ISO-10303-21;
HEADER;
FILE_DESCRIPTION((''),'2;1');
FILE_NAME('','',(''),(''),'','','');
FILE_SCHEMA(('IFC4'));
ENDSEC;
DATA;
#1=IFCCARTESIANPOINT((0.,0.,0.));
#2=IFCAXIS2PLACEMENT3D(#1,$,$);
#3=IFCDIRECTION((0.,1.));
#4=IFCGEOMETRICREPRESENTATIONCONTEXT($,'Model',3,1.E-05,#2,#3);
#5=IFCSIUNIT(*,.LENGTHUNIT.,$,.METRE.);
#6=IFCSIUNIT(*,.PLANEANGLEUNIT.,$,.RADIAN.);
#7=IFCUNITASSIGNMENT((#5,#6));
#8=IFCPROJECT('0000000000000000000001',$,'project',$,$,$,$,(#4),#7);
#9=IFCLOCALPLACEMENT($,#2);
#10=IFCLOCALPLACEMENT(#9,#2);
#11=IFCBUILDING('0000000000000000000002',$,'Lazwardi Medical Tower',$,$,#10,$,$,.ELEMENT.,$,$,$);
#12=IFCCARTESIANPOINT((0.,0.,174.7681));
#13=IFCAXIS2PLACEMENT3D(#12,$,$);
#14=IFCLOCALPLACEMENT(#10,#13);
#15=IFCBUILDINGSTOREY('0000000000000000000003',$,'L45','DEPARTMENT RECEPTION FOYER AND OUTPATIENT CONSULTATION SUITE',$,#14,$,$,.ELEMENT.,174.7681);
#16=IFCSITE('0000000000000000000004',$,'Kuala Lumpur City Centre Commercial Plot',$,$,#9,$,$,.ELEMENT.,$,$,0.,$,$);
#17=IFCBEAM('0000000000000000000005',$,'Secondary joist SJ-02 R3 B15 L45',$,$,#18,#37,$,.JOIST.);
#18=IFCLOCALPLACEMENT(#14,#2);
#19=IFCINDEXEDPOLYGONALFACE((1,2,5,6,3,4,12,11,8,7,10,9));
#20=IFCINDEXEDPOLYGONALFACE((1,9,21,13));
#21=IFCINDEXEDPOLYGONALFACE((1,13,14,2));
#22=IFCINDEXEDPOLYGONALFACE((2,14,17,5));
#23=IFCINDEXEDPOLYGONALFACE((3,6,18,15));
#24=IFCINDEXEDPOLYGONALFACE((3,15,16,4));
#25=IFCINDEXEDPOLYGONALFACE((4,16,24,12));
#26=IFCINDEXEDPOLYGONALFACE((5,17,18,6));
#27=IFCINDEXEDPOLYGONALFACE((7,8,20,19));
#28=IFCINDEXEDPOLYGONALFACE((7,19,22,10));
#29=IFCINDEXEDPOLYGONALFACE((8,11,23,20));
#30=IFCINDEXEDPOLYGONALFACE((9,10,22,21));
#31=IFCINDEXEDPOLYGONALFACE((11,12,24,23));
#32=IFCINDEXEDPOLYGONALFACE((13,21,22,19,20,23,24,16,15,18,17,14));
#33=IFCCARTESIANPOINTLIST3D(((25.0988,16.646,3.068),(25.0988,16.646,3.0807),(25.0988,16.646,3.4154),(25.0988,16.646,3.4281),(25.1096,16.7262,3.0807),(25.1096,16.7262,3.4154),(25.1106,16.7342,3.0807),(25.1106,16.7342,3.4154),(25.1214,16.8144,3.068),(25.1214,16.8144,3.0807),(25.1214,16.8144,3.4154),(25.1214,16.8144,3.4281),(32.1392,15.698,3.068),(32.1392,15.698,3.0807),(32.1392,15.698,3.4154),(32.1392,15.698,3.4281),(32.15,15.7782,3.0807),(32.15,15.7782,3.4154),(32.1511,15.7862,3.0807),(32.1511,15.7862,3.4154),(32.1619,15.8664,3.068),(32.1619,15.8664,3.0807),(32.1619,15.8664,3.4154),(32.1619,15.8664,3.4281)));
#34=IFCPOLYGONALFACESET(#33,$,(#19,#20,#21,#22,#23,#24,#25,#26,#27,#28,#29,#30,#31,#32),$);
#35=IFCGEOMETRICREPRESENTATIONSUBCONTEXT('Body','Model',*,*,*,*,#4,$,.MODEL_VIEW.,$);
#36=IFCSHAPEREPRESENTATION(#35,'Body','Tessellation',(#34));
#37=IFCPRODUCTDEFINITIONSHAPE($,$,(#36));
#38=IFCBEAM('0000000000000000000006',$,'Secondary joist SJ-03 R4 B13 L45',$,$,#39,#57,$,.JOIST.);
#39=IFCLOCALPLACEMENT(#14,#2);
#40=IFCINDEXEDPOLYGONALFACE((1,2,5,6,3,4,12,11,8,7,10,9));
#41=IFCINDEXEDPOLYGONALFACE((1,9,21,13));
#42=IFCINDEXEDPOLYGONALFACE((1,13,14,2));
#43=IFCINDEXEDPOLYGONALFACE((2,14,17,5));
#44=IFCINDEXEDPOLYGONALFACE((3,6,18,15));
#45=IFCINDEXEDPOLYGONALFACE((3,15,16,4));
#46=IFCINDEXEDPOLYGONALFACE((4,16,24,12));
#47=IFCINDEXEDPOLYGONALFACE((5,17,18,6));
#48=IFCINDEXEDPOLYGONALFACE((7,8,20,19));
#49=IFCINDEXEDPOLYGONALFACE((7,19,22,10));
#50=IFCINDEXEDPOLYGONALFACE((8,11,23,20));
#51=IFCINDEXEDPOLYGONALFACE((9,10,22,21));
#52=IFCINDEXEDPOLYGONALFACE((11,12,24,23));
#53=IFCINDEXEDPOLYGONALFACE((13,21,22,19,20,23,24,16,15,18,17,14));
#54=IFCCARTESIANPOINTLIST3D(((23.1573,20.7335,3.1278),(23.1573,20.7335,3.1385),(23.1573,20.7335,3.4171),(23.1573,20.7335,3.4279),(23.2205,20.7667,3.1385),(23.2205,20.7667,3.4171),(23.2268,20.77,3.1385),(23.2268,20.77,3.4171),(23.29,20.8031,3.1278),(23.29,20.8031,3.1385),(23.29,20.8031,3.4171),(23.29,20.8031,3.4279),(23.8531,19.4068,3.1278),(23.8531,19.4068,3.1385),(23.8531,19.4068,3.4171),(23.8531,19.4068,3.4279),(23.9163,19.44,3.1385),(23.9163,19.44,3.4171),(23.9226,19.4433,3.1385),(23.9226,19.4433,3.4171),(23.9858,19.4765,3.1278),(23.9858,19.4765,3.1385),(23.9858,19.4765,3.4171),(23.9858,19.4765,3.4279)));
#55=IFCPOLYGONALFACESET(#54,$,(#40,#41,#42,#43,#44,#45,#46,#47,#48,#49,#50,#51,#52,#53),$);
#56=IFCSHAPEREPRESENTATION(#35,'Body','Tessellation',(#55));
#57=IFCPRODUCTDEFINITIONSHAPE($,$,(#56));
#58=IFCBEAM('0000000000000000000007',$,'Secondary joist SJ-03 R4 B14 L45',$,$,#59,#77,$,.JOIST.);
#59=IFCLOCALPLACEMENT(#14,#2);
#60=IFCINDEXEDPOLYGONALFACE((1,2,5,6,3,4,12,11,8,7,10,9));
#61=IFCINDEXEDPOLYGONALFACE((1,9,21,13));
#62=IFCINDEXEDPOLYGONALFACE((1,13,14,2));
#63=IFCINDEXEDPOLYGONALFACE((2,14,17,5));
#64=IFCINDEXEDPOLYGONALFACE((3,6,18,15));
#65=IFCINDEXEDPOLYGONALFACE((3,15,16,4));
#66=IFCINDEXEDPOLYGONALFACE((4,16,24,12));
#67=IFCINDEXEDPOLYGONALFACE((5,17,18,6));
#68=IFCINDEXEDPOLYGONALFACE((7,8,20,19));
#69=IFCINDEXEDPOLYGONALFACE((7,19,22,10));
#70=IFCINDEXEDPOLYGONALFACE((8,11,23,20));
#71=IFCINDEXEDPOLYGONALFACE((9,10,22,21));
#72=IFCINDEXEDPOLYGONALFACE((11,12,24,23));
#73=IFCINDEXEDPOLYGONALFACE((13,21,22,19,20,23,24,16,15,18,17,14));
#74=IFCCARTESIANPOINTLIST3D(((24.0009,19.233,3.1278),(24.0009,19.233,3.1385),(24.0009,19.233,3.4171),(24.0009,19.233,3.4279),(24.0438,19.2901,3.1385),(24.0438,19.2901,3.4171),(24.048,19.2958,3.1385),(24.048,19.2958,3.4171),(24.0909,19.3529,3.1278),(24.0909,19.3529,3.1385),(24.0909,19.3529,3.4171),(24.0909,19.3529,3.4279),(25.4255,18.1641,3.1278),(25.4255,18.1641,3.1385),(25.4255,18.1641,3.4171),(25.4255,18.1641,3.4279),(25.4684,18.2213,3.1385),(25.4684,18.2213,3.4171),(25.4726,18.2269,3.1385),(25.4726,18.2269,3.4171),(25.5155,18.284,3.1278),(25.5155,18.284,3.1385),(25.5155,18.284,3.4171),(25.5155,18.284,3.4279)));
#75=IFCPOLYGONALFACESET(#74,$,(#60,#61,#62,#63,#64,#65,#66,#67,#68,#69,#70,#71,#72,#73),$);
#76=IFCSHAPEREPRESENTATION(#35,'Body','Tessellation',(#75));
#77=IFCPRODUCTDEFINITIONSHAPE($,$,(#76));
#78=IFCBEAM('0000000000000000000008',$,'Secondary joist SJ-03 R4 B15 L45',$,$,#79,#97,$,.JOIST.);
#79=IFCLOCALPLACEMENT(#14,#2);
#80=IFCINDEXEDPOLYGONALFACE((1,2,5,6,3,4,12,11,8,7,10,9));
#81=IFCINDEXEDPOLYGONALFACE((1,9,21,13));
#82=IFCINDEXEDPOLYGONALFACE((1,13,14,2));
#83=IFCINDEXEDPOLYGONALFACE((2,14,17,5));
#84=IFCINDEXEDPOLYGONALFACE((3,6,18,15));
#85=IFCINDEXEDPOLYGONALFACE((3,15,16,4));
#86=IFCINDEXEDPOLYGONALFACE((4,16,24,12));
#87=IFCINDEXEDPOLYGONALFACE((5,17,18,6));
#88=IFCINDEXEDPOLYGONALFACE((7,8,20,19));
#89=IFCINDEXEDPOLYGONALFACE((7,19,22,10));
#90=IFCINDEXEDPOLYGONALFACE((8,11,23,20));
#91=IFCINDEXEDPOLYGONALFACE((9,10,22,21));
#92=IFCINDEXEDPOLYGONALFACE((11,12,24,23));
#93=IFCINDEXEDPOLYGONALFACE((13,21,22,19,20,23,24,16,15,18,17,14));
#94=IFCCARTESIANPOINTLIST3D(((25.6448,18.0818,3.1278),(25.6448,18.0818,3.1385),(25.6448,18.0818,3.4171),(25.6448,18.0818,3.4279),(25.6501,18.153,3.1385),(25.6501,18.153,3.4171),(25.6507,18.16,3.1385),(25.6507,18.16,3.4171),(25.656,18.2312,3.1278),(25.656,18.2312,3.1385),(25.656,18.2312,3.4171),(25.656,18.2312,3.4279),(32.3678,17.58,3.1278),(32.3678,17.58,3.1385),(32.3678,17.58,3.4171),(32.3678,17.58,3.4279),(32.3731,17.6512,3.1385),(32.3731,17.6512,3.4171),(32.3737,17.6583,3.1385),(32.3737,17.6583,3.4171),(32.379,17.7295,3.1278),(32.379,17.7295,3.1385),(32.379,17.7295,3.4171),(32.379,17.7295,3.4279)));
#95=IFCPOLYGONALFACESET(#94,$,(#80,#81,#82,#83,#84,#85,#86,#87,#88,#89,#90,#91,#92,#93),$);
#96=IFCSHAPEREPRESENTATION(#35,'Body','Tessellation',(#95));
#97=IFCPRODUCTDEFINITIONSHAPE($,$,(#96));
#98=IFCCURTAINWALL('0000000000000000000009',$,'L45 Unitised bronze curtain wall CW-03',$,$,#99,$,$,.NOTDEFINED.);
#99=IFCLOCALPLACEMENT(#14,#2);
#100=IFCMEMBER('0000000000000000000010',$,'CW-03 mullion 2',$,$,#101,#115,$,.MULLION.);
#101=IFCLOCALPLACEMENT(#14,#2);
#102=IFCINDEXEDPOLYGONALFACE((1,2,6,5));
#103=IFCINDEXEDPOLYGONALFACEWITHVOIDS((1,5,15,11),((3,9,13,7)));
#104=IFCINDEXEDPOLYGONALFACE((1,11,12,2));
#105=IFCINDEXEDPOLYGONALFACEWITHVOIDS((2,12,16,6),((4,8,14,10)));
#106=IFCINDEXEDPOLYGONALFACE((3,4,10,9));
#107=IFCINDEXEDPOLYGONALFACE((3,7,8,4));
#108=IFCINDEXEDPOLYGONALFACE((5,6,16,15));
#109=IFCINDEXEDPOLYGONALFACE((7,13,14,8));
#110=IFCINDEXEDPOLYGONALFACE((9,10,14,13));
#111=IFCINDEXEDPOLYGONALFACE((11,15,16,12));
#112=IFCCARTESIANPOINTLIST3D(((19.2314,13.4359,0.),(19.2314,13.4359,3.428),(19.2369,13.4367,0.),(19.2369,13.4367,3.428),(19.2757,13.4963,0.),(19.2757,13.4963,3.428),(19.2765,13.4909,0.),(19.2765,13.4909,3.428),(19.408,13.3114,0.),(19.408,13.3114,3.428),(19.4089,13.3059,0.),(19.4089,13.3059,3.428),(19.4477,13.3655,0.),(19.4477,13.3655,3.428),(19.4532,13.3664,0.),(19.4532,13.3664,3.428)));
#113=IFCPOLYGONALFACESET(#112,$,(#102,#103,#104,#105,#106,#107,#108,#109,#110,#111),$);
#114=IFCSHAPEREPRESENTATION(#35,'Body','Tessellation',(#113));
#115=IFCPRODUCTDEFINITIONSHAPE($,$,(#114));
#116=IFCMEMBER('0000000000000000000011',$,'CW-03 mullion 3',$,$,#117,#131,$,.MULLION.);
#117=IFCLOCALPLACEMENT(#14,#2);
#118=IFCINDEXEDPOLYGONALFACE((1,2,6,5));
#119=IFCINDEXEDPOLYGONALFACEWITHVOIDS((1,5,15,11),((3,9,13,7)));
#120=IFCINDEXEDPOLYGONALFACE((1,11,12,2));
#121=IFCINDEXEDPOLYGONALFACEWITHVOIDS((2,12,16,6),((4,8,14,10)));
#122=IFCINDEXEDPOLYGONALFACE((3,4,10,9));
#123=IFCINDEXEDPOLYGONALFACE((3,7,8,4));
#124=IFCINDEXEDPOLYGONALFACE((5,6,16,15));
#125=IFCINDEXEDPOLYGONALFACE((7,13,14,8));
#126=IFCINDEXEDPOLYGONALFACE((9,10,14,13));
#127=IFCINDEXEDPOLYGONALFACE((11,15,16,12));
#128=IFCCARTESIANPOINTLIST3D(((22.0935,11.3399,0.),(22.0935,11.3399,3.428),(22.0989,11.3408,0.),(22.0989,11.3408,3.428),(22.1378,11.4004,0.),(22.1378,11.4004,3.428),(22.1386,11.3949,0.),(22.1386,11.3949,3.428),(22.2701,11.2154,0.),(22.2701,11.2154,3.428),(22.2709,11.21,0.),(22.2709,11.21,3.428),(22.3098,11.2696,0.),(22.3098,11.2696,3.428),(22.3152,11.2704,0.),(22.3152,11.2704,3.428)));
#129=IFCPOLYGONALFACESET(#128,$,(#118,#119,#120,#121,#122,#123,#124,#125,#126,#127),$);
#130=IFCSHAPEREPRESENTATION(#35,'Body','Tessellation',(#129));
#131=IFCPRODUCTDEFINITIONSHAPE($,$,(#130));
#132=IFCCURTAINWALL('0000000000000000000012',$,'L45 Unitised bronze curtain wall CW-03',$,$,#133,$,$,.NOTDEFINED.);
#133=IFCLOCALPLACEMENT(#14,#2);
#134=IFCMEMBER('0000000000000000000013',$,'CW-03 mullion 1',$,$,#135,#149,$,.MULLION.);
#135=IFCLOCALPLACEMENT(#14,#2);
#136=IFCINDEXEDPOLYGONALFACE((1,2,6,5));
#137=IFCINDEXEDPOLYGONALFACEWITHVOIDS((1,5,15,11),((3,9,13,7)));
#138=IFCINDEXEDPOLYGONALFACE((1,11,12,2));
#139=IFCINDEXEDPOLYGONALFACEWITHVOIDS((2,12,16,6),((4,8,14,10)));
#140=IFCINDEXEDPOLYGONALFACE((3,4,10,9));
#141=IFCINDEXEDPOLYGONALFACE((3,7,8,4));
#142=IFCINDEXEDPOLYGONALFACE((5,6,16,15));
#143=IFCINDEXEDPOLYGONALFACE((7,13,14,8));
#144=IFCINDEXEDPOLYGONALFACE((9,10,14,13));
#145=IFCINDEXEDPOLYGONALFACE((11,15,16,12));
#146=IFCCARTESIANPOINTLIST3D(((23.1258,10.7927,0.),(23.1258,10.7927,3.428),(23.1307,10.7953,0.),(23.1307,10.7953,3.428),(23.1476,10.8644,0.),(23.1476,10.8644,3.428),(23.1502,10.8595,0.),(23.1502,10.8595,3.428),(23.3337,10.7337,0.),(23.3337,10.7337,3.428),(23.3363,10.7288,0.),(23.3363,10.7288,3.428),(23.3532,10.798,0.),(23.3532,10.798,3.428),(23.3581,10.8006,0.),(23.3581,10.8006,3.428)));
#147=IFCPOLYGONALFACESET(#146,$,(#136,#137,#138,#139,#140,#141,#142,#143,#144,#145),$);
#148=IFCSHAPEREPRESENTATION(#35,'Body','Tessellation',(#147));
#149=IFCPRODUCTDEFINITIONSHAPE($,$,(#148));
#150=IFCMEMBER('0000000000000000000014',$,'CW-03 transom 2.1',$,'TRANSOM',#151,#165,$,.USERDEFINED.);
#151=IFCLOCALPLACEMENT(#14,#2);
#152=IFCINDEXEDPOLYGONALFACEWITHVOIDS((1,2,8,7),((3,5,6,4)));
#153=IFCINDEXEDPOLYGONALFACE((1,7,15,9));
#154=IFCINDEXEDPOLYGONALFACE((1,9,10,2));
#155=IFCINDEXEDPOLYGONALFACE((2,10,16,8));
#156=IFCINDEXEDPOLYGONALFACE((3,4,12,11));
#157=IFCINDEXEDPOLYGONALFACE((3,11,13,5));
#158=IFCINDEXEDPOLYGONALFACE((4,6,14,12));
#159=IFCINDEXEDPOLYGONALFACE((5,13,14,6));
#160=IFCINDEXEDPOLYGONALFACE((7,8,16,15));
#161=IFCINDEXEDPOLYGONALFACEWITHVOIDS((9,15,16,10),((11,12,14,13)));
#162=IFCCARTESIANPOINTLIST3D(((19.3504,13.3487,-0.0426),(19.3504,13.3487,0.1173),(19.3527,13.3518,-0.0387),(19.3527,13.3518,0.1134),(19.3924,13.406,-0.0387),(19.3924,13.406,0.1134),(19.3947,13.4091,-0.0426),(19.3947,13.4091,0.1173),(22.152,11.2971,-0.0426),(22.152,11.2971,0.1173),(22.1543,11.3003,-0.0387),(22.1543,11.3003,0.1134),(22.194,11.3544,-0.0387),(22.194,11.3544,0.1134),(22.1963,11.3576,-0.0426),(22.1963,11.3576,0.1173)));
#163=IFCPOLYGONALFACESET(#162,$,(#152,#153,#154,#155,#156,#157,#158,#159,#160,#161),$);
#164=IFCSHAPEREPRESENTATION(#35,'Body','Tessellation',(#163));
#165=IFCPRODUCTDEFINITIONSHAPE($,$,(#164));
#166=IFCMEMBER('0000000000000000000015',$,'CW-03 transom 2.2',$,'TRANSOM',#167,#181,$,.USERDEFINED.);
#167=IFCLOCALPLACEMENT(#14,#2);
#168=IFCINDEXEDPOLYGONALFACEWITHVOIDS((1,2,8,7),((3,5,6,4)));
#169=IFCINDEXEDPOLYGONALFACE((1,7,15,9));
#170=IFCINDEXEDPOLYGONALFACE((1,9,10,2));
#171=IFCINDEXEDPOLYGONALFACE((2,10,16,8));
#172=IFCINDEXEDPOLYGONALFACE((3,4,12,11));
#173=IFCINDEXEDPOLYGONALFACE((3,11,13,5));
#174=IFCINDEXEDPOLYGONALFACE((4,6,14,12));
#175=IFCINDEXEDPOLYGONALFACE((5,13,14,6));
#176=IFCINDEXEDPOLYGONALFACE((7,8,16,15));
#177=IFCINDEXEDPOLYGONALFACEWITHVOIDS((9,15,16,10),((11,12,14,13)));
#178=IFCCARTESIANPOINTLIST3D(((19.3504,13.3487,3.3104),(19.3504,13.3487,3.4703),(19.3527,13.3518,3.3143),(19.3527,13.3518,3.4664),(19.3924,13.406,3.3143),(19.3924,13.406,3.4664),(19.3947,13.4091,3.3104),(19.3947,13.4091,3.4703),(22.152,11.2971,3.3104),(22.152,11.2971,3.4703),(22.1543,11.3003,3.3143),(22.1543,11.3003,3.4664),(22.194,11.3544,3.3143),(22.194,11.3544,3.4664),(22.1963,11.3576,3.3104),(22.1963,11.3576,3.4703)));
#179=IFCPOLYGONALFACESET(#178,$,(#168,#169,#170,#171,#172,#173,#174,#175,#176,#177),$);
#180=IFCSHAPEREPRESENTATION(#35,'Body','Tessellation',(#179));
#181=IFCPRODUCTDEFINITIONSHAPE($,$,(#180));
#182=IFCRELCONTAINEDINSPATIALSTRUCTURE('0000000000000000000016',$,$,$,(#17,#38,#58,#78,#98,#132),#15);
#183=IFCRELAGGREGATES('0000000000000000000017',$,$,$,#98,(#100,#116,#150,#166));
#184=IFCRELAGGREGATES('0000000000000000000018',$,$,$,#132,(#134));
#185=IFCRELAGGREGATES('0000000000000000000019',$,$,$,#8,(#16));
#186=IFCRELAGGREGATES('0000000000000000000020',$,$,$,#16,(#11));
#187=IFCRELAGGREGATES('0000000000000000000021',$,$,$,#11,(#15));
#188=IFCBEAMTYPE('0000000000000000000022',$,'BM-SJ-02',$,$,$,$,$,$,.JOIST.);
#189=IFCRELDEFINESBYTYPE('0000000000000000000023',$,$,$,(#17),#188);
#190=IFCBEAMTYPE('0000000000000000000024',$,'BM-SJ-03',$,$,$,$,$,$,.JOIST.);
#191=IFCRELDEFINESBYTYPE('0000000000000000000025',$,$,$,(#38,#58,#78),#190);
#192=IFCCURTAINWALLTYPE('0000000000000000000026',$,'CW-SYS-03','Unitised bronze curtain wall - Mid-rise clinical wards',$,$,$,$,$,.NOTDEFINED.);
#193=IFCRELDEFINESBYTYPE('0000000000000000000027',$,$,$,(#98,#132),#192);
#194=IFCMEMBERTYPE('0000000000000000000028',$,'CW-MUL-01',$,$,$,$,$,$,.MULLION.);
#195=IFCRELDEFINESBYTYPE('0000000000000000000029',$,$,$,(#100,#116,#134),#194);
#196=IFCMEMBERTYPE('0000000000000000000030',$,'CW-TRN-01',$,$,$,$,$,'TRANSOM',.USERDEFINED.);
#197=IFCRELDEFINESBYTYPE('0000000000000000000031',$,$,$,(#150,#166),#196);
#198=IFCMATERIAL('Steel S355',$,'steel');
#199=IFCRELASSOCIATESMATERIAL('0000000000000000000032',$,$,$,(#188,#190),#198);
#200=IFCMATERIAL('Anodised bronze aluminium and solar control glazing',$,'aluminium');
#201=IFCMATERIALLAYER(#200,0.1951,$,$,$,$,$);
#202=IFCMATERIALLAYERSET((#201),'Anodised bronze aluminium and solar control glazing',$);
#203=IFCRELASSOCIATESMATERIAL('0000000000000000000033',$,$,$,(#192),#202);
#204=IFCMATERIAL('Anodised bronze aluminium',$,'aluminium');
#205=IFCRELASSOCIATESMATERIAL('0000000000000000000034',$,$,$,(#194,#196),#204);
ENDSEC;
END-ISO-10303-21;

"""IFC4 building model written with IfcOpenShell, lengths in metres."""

from ifc_helpers import new_model, si_unit, direction, frame, origin, origin_2d, place, context, subcontext, project, spatial, hollow_rectangle, i_section, extrude, material, layer, layer_set, material_profile, profile_set, type_object, element, aggregate, save


model = new_model("IFC4")

# Units and contexts
model_context = context("Model", 3, precision=1e-05, world=origin(), true_north=direction((0.0, 1.0)))
body_context = subcontext(model_context, "Body", "Model", "MODEL_VIEW")
ifc_project = project(units=[si_unit("LENGTHUNIT", "METRE"), si_unit("PLANEANGLEUNIT", "RADIAN")], contexts=[model_context])

# Site, building, storey
site_placement = place(None, origin())
site = spatial("IfcSite", under=ifc_project, at=site_placement, Name="Kuala Lumpur City Centre Commercial Plot", CompositionType="ELEMENT", RefElevation=0.0)
building_placement = place(site_placement, origin())
building = spatial("IfcBuilding", under=site, at=building_placement, Name="Lazwardi Medical Tower", CompositionType="ELEMENT")
storey_placement = place(building_placement, frame((0.0, 0.0, 174.7681)))
storey = spatial("IfcBuildingStorey", under=building, at=storey_placement, Name="L45", Description="DEPARTMENT RECEPTION FOYER AND OUTPATIENT CONSULTATION SUITE", CompositionType="ELEMENT", Elevation=174.7681)

# Beams
ifc_material_1 = material(Name="Steel S355", Category="steel")
ifc_material_profile_1 = material_profile(ifc_material_1, i_section(OverallWidth=0.1699, OverallDepth=0.3601, WebThickness=0.0081, FlangeThickness=0.0127, at=origin_2d()), Name="IPE 360")
ifc_profile_set_1 = profile_set([ifc_material_profile_1], Name="Steel S355")
beam_type_1 = type_object("IfcBeamType", Name="BM-SJ-02", PredefinedType="JOIST", material=ifc_profile_set_1)
beam_1_placement = place(storey_placement, frame((25.1101, 16.7302, 3.248), z_axis=(0.991056, -0.133444, 0.0), x_axis=(0.133444, 0.991056, 0.0)))
element("IfcBeam", 1, at=beam_1_placement, inside=storey, type_object=beam_type_1, Name="Secondary joist SJ-02 R3 B15 L45", PredefinedType="JOIST", context=body_context, shape_type="SweptSolid", body=[
    extrude(i_section(OverallWidth=0.1699, OverallDepth=0.3601, WebThickness=0.0081, FlangeThickness=0.0127, at=origin_2d()), origin(), (0.0, 0.0, 1.0), 7.104),
])
ifc_material_profile_2 = material_profile(ifc_material_1, i_section(OverallWidth=0.1499, OverallDepth=0.3, WebThickness=0.0071, FlangeThickness=0.0107, at=origin_2d()), Name="IPE 300")
ifc_profile_set_2 = profile_set([ifc_material_profile_2], Name="Steel S355")
beam_type_2 = type_object("IfcBeamType", Name="BM-SJ-03", PredefinedType="JOIST", material=ifc_profile_set_2)
beam_2_placement = place(storey_placement, frame((23.2236, 20.7683, 3.2778), z_axis=(0.46447, -0.885589, 0.0), x_axis=(0.885589, 0.46447, 0.0)))
element("IfcBeam", 2, at=beam_2_placement, inside=storey, type_object=beam_type_2, Name="Secondary joist SJ-03 R4 B13 L45", PredefinedType="JOIST", context=body_context, shape_type="SweptSolid", body=[
    extrude(i_section(OverallWidth=0.1499, OverallDepth=0.3, WebThickness=0.0071, FlangeThickness=0.0107, at=origin_2d()), origin(), (0.0, 0.0, 1.0), 1.498),
])
beam_3_placement = place(storey_placement, frame((24.0459, 19.293, 3.2778), z_axis=(0.799885, -0.600154, 0.0), x_axis=(0.600154, 0.799885, 0.0)))
element("IfcBeam", 3, at=beam_3_placement, inside=storey, type_object=beam_type_2, Name="Secondary joist SJ-03 R4 B14 L45", PredefinedType="JOIST", context=body_context, shape_type="SweptSolid", body=[
    extrude(i_section(OverallWidth=0.1499, OverallDepth=0.3, WebThickness=0.0071, FlangeThickness=0.0107, at=origin_2d()), origin(), (0.0, 0.0, 1.0), 1.781),
])
beam_4_placement = place(storey_placement, frame((25.6504, 18.1565, 3.2778), z_axis=(0.997227, -0.07442, 0.0), x_axis=(0.07442, 0.997227, 0.0)))
element("IfcBeam", 4, at=beam_4_placement, inside=storey, type_object=beam_type_2, Name="Secondary joist SJ-03 R4 B15 L45", PredefinedType="JOIST", context=body_context, shape_type="SweptSolid", body=[
    extrude(i_section(OverallWidth=0.1499, OverallDepth=0.3, WebThickness=0.0071, FlangeThickness=0.0107, at=origin_2d()), origin(), (0.0, 0.0, 1.0), 6.7417),
])

# Curtain wall, members
ifc_material_2 = material(Name="Anodised bronze aluminium and solar control glazing", Category="aluminium")
ifc_layer_1 = layer(ifc_material_2, 0.1951)
ifc_layer_set_1 = layer_set([ifc_layer_1], Name="Anodised bronze aluminium and solar control glazing")
curtain_wall_type = type_object("IfcCurtainWallType", Name="CW-SYS-03", Description="Unitised bronze curtain wall - Mid-rise clinical wards", PredefinedType="NOTDEFINED", material=ifc_layer_set_1)
curtain_wall_1_placement = place(storey_placement, origin())
curtain_wall_1 = element("IfcCurtainWall", 5, at=curtain_wall_1_placement, inside=storey, type_object=curtain_wall_type, Name="L45 Unitised bronze curtain wall CW-03", PredefinedType="NOTDEFINED")
ifc_material_3 = material(Name="Anodised bronze aluminium", Category="aluminium")
ifc_material_profile_3 = material_profile(ifc_material_3, hollow_rectangle(XDim=0.075, YDim=0.22, WallThickness=0.0039, at=origin_2d()), Name="ALU-MULLION 220x75x4")
ifc_profile_set_3 = profile_set([ifc_material_profile_3], Name="Anodised bronze aluminium")
member_type_1 = type_object("IfcMemberType", Name="CW-MUL-01", PredefinedType="MULLION", material=ifc_profile_set_3)
member_1_placement = place(storey_placement, frame((19.3423, 13.4011, 0.0), z_axis=(0.0, 0.0, 1.0), x_axis=(0.590834, 0.806793, 0.0)))
member_1 = element("IfcMember", 6, at=member_1_placement, type_object=member_type_1, Name="CW-03 mullion 2", PredefinedType="MULLION", context=body_context, shape_type="SweptSolid", body=[
    extrude(hollow_rectangle(XDim=0.075, YDim=0.22, WallThickness=0.0039, at=origin_2d()), origin(), (0.0, 0.0, 1.0), 3.428),
])
member_2_placement = place(storey_placement, frame((22.2043, 11.3052, 0.0), z_axis=(0.0, 0.0, 1.0), x_axis=(0.590834, 0.806793, 0.0)))
member_2 = element("IfcMember", 7, at=member_2_placement, type_object=member_type_1, Name="CW-03 mullion 3", PredefinedType="MULLION", context=body_context, shape_type="SweptSolid", body=[
    extrude(hollow_rectangle(XDim=0.075, YDim=0.22, WallThickness=0.0039, at=origin_2d()), origin(), (0.0, 0.0, 1.0), 3.428),
])

# Curtain wall, member
curtain_wall_2_placement = place(storey_placement, origin())
curtain_wall_2 = element("IfcCurtainWall", 8, at=curtain_wall_2_placement, inside=storey, type_object=curtain_wall_type, Name="L45 Unitised bronze curtain wall CW-03", PredefinedType="NOTDEFINED")
member_3_placement = place(storey_placement, frame((23.2419, 10.7966, 0.0), z_axis=(0.0, 0.0, 1.0), x_axis=(0.290281, 0.956942, 0.0)))
member_3 = element("IfcMember", 9, at=member_3_placement, type_object=member_type_1, Name="CW-03 mullion 1", PredefinedType="MULLION", context=body_context, shape_type="SweptSolid", body=[
    extrude(hollow_rectangle(XDim=0.075, YDim=0.22, WallThickness=0.0039, at=origin_2d()), origin(), (0.0, 0.0, 1.0), 3.428),
])

# Members
ifc_material_profile_4 = material_profile(ifc_material_3, hollow_rectangle(XDim=0.075, YDim=0.1599, WallThickness=0.0039, at=origin_2d()), Name="ALU-TRANSOM 160x75x4")
ifc_profile_set_4 = profile_set([ifc_material_profile_4], Name="Anodised bronze aluminium")
member_type_2 = type_object("IfcMemberType", Name="CW-TRN-01", ElementType="TRANSOM", PredefinedType="USERDEFINED", material=ifc_profile_set_4)
member_4_placement = place(storey_placement, frame((19.3726, 13.3789, 0.0374), z_axis=(0.806807, -0.590815, 0.0), x_axis=(0.590815, 0.806807, 0.0)))
member_4 = element("IfcMember", 10, at=member_4_placement, type_object=member_type_2, Name="CW-03 transom 2.1", ObjectType="TRANSOM", PredefinedType="USERDEFINED", context=body_context, shape_type="SweptSolid", body=[
    extrude(hollow_rectangle(XDim=0.075, YDim=0.1599, WallThickness=0.0039, at=origin_2d()), origin(), (0.0, 0.0, 1.0), 3.4724),
])
member_5_placement = place(storey_placement, frame((19.3726, 13.3789, 3.3904), z_axis=(0.806807, -0.590815, 0.0), x_axis=(0.590815, 0.806807, 0.0)))
member_5 = element("IfcMember", 11, at=member_5_placement, type_object=member_type_2, Name="CW-03 transom 2.2", ObjectType="TRANSOM", PredefinedType="USERDEFINED", context=body_context, shape_type="SweptSolid", body=[
    extrude(hollow_rectangle(XDim=0.075, YDim=0.1599, WallThickness=0.0039, at=origin_2d()), origin(), (0.0, 0.0, 1.0), 3.4724),
])

aggregate(curtain_wall_1, [member_1, member_2, member_4, member_5])
aggregate(curtain_wall_2, [member_3])

save(model, "model.ifc")
